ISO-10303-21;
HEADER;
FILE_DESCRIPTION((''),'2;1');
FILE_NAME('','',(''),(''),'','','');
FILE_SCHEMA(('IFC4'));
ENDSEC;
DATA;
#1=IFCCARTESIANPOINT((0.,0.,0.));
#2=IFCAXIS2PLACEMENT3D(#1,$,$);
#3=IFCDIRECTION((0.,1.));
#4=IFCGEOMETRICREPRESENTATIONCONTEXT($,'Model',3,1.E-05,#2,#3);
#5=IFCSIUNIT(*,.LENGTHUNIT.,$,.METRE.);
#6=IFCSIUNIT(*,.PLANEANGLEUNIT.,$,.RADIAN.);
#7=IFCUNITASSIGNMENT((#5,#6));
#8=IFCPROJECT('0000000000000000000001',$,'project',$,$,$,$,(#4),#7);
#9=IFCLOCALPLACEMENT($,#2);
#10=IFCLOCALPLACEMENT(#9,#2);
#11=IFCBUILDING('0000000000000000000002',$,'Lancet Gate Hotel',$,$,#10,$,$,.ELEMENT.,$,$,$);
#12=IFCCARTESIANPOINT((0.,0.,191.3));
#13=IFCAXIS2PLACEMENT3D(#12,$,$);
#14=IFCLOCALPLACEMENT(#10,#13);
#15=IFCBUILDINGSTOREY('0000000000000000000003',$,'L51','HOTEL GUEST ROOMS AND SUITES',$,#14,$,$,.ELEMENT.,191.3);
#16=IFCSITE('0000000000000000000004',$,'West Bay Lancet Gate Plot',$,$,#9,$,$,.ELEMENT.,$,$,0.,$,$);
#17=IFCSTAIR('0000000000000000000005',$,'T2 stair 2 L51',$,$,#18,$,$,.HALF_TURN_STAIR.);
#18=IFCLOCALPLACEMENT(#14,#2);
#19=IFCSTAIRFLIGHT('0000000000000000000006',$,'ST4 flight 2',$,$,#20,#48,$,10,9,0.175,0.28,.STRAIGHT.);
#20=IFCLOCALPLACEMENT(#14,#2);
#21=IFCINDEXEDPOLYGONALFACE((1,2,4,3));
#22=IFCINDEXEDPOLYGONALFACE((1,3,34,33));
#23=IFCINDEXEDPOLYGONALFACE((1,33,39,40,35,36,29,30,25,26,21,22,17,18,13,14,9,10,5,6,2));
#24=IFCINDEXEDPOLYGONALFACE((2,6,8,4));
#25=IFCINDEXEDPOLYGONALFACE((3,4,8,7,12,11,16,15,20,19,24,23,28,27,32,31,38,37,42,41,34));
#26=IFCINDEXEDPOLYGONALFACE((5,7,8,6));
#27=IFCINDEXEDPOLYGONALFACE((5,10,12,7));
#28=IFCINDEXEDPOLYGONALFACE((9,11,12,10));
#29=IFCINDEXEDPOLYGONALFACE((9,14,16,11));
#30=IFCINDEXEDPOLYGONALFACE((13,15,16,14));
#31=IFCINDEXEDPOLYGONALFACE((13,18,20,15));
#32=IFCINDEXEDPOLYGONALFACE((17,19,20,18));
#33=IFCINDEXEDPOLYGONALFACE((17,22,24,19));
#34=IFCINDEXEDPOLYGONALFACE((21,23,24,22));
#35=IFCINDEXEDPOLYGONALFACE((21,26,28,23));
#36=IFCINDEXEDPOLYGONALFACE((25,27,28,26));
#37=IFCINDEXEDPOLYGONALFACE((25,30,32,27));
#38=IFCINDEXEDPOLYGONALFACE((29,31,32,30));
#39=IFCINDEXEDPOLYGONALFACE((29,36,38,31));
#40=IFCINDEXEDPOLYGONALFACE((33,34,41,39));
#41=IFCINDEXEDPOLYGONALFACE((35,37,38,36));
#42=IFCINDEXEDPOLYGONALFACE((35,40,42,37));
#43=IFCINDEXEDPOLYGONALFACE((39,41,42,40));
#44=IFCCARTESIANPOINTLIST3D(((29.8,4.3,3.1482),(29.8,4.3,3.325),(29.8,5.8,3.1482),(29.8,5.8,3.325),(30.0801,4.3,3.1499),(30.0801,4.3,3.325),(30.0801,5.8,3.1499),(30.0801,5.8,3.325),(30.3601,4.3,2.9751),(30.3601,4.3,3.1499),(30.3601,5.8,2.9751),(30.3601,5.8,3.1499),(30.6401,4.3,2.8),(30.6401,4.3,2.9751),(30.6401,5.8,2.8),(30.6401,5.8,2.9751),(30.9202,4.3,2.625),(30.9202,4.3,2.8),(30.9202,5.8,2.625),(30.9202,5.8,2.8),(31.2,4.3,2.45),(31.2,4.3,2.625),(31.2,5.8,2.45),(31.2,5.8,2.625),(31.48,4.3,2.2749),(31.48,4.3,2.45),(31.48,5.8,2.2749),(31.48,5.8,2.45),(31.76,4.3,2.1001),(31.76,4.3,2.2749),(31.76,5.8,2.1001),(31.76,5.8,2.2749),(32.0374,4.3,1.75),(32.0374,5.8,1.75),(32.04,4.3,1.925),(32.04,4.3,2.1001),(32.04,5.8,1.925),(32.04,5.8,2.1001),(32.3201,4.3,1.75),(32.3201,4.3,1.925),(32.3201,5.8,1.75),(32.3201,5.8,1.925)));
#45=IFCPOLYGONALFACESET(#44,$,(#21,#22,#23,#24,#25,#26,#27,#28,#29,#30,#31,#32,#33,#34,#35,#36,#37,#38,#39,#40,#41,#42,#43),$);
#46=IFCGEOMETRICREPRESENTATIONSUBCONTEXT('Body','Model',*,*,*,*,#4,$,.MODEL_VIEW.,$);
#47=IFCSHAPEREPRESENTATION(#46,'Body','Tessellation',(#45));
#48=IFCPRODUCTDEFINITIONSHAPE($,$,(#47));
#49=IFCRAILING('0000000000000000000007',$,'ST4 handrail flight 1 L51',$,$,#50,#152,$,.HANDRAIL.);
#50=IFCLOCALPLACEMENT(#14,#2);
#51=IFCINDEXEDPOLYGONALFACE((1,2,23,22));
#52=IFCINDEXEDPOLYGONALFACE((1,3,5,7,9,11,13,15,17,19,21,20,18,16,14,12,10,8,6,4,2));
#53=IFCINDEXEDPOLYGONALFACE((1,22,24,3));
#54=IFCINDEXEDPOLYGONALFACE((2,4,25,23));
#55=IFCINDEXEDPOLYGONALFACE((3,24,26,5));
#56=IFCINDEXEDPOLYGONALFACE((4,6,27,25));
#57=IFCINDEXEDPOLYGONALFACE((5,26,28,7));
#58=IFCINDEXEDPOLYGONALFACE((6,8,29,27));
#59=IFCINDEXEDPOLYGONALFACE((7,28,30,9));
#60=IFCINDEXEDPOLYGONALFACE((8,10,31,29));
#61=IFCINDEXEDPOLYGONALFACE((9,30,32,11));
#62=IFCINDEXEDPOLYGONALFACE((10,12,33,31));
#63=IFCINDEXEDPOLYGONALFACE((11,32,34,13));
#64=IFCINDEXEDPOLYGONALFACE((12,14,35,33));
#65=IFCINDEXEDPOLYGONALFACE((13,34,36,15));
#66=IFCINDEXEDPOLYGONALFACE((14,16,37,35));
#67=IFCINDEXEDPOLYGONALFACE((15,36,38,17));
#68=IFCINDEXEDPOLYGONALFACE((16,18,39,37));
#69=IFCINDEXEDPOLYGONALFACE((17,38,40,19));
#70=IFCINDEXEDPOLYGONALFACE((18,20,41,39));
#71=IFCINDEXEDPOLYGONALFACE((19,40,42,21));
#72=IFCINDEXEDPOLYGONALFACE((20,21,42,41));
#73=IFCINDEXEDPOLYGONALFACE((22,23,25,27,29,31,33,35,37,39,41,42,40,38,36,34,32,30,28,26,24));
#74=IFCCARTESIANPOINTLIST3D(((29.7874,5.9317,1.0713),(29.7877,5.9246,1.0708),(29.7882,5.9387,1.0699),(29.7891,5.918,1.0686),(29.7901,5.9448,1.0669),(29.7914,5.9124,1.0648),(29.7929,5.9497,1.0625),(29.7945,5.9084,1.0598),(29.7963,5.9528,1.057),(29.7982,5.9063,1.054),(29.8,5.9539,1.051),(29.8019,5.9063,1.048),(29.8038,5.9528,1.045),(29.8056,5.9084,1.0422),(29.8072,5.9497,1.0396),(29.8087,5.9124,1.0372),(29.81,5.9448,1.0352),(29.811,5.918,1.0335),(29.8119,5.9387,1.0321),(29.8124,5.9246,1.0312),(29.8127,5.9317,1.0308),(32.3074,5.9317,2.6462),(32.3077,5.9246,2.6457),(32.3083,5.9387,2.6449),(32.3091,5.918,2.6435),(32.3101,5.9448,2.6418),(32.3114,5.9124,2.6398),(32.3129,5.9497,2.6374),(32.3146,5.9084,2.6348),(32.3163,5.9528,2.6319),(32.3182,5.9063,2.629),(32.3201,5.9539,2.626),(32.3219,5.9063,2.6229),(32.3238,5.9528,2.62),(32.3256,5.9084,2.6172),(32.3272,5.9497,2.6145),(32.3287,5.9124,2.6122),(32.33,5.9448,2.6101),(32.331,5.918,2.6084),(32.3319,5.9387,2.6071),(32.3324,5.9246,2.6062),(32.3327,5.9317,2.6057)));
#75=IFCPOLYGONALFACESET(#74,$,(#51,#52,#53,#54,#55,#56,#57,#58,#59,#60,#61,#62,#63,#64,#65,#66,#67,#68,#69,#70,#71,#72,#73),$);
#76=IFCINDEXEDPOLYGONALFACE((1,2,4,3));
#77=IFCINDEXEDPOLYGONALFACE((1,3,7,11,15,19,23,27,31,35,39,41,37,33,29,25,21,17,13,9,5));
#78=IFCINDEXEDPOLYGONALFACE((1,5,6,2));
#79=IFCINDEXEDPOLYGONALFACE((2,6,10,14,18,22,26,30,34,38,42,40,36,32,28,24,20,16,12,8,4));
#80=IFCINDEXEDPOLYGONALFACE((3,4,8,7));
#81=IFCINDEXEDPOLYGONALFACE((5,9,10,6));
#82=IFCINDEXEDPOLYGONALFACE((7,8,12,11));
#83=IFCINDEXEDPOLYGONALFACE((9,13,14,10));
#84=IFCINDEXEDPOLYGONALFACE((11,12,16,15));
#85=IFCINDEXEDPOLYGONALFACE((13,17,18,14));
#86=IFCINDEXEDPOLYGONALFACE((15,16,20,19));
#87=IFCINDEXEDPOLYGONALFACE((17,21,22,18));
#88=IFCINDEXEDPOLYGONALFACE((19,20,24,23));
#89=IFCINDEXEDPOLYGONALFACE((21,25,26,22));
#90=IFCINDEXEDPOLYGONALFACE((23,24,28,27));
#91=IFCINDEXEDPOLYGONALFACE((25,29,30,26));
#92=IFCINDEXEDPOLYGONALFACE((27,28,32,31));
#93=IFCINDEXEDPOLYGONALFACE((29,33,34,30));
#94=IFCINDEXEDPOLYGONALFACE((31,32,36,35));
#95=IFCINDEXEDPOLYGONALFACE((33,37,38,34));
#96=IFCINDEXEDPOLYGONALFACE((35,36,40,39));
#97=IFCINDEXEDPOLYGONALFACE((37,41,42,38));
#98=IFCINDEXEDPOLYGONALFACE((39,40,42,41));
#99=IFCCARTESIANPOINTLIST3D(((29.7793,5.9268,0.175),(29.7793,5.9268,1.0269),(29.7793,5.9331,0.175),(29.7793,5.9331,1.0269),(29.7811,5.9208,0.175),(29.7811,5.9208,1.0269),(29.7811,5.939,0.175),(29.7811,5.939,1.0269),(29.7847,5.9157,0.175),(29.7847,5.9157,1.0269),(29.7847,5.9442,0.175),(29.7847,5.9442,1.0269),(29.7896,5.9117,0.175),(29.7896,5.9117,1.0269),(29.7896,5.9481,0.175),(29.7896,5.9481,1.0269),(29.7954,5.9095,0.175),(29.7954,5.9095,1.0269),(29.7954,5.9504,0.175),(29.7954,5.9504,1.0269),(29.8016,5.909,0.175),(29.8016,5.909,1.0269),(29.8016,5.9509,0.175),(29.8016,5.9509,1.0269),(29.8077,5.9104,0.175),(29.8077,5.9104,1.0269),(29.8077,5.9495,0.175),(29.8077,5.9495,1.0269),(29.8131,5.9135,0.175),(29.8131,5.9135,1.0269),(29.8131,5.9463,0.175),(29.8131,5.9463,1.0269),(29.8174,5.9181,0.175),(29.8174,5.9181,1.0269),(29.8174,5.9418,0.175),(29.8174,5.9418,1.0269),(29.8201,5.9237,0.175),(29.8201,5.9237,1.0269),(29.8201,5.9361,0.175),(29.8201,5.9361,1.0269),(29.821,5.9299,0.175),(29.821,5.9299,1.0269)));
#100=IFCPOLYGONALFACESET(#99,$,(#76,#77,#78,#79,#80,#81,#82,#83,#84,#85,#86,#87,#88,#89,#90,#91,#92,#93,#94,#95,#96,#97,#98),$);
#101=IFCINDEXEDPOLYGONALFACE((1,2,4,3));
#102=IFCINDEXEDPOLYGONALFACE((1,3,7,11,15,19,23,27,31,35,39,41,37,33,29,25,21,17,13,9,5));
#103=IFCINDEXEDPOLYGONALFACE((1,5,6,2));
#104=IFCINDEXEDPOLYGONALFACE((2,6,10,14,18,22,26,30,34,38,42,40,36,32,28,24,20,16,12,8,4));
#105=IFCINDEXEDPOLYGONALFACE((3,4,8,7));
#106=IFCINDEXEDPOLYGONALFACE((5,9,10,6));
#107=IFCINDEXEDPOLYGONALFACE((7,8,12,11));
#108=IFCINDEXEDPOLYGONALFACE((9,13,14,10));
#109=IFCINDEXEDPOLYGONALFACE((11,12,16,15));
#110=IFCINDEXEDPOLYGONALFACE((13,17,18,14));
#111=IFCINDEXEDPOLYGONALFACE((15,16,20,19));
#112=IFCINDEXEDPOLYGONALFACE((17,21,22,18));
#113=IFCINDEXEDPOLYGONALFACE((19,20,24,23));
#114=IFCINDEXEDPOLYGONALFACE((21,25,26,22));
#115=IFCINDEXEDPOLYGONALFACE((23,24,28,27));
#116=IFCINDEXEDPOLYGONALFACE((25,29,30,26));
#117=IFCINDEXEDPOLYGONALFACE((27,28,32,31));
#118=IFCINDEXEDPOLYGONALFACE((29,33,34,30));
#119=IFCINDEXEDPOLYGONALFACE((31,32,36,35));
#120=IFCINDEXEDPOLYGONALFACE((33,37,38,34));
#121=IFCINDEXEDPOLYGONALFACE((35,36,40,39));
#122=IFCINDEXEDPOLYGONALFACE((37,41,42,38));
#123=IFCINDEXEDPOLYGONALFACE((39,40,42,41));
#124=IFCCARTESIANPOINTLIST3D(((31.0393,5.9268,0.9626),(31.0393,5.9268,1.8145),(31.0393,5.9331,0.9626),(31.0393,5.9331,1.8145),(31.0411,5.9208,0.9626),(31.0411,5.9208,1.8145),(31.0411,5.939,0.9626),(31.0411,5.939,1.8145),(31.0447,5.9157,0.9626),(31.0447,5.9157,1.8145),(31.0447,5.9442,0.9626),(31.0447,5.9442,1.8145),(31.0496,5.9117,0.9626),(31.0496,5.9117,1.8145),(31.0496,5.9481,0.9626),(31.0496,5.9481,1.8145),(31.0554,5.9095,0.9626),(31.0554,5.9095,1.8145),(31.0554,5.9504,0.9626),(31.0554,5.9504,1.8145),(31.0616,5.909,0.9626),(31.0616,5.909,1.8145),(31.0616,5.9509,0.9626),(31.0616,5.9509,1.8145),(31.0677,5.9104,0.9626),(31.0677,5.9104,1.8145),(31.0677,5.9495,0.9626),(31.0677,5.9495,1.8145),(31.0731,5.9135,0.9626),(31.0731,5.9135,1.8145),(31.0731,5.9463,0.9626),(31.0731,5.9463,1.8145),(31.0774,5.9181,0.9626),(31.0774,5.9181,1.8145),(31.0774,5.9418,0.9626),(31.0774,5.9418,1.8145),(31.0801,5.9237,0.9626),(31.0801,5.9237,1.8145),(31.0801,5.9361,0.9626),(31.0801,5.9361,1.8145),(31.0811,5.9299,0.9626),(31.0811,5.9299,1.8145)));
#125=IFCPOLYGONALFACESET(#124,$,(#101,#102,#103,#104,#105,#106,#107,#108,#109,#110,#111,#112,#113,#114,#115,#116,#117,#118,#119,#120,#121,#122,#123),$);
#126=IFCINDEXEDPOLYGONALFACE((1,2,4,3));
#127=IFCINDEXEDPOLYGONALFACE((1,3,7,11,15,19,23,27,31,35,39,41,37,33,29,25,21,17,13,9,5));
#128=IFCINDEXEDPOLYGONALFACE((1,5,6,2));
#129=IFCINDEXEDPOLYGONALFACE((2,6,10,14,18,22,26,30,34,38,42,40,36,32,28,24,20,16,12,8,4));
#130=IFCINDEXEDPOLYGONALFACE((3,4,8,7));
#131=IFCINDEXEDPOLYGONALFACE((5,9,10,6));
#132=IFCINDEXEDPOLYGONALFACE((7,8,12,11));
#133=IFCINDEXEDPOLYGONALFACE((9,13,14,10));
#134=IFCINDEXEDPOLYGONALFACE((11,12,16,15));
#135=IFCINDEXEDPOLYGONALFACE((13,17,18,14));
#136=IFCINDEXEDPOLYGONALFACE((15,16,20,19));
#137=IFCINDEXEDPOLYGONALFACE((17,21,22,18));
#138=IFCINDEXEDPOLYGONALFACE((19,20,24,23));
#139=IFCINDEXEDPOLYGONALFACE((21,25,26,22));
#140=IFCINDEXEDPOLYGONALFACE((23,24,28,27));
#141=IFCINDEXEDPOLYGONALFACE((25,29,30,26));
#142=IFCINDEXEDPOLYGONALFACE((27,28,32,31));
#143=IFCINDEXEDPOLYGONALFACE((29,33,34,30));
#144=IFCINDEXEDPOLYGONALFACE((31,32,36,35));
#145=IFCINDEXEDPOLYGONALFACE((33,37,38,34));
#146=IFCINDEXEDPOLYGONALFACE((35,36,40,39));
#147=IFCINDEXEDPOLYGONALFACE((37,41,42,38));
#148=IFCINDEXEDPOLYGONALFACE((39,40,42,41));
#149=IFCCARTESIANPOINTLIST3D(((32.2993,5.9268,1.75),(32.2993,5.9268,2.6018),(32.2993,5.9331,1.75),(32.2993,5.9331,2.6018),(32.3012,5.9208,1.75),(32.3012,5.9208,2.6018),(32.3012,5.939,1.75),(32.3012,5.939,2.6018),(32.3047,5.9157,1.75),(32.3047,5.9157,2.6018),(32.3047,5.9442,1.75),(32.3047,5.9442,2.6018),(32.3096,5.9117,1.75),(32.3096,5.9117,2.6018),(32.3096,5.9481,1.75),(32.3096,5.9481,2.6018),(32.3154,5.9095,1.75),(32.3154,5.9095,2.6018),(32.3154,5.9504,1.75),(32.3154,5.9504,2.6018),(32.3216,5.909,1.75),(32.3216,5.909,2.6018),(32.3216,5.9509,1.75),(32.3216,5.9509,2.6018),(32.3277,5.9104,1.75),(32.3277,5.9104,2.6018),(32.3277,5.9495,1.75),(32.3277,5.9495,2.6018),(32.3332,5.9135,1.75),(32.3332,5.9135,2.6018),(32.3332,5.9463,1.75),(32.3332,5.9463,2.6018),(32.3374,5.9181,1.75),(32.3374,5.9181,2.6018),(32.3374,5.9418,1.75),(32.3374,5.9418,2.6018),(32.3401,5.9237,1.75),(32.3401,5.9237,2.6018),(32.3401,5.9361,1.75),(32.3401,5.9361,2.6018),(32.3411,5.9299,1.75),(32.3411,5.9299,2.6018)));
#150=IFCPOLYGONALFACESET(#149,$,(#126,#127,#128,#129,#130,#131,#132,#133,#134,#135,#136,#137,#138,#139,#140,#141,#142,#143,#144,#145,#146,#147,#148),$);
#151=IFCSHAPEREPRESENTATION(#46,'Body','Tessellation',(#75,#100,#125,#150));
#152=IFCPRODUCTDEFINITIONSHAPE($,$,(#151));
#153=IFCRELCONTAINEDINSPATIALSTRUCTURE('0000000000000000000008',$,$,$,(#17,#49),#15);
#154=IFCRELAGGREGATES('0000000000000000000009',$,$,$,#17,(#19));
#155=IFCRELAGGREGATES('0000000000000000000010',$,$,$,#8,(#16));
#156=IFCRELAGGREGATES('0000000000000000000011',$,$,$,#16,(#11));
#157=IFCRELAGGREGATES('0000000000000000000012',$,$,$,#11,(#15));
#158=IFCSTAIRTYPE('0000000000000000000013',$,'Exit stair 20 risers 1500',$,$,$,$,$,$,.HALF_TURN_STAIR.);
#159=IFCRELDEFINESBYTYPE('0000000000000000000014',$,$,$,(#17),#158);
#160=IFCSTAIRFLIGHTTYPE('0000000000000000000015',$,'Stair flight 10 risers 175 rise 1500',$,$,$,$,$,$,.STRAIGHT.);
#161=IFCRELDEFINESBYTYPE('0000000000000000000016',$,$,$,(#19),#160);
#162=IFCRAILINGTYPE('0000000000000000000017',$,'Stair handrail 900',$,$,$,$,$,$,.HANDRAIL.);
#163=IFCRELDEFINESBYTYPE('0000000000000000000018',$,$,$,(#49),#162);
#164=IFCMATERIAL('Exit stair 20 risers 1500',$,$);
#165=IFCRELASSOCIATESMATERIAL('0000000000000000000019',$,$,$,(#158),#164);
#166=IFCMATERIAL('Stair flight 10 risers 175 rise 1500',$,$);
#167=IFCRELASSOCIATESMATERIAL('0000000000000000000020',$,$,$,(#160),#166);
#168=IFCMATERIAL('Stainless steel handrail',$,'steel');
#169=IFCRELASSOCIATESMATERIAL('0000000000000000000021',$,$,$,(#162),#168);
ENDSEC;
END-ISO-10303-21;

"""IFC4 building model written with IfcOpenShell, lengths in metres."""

from ifc_helpers import new_model, si_unit, direction, frame, origin, origin_2d, place, context, subcontext, project, spatial, polyline, circle, outline, extrude, material, type_object, element, aggregate, save


model = new_model("IFC4")

# Units and contexts
model_context = context("Model", 3, precision=1e-05, world=origin(), true_north=direction((0.0, 1.0)))
body_context = subcontext(model_context, "Body", "Model", "MODEL_VIEW")
ifc_project = project(units=[si_unit("LENGTHUNIT", "METRE"), si_unit("PLANEANGLEUNIT", "RADIAN")], contexts=[model_context])

# Site, building, storey
site_placement = place(None, origin())
site = spatial("IfcSite", under=ifc_project, at=site_placement, Name="West Bay Lancet Gate Plot", CompositionType="ELEMENT", RefElevation=0.0)
building_placement = place(site_placement, origin())
building = spatial("IfcBuilding", under=site, at=building_placement, Name="Lancet Gate Hotel", CompositionType="ELEMENT")
storey_placement = place(building_placement, frame((0.0, 0.0, 191.3)))
storey = spatial("IfcBuildingStorey", under=building, at=storey_placement, Name="L51", Description="HOTEL GUEST ROOMS AND SUITES", CompositionType="ELEMENT", Elevation=191.3)

# Stair, stair flight
ifc_material_1 = material(Name="Exit stair 20 risers 1500")
stair_type = type_object("IfcStairType", Name="Exit stair 20 risers 1500", PredefinedType="HALF_TURN_STAIR", material=ifc_material_1)
stair_placement = place(storey_placement, origin())
stair = element("IfcStair", 1, at=stair_placement, inside=storey, type_object=stair_type, Name="T2 stair 2 L51", PredefinedType="HALF_TURN_STAIR")
ifc_material_2 = material(Name="Stair flight 10 risers 175 rise 1500")
stair_flight_type = type_object("IfcStairFlightType", Name="Stair flight 10 risers 175 rise 1500", PredefinedType="STRAIGHT", material=ifc_material_2)
stair_flight_1_placement = place(storey_placement, frame((32.3201, 5.05, 1.75), z_axis=(0.0, 0.0, 1.0), x_axis=(-1.0, 0.0, 0.0)))
stair_flight_1 = element("IfcStairFlight", 2, at=stair_flight_1_placement, type_object=stair_flight_type, Name="ST4 flight 2", NumberOfRisers=10, NumberOfTreads=9, PredefinedType="STRAIGHT", RiserHeight=0.175, TreadLength=0.28, context=body_context, shape_type="SweptSolid", body=[
    extrude(outline(polyline([(0.0, 0.0), (0.0, 0.175), (0.28, 0.175), (0.28, 0.3501), (0.5601, 0.3501), (0.5601, 0.5249), (0.8401, 0.5249), (0.8401, 0.7), (1.1201, 0.7), (1.1201, 0.875), (1.3999, 0.875), (1.3999, 1.05), (1.6799, 1.05), (1.6799, 1.2251), (1.96, 1.2251), (1.96, 1.3999), (2.24, 1.3999), (2.24, 1.575), (2.52, 1.575), (2.52, 1.75), (2.52, 1.3982), (0.2827, 0.0), (0.0, 0.0)])), frame((0.0, 0.75, 0.0), z_axis=(0.0, -1.0, 0.0), x_axis=(1.0, 0.0, 0.0)), (0.0, 0.0, 1.0), 1.5),
])
aggregate(stair, [stair_flight_1])

# Railing
ifc_material_3 = material(Name="Stainless steel handrail", Category="steel")
railing_type = type_object("IfcRailingType", Name="Stair handrail 900", PredefinedType="HANDRAIL", material=ifc_material_3)
railing_1_placement = place(storey_placement, frame((29.8, 5.9299, 0.175)))
element("IfcRailing", 3, at=railing_1_placement, inside=storey, type_object=railing_type, Name="ST4 handrail flight 1 L51", PredefinedType="HANDRAIL", context=body_context, shape_type="SweptSolid", body=[
    extrude(circle(Radius=0.0239, at=origin_2d()), frame((0.0, 0.0, 0.876), z_axis=(0.848008, 0.0, 0.529984), x_axis=(0.0, 1.0, 0.0)), (0.0, 0.0, 1.0), 2.9717),
    extrude(circle(Radius=0.021, at=origin_2d()), origin(), (0.0, 0.0, 1.0), 0.8518),
    extrude(circle(Radius=0.021, at=origin_2d()), frame((1.26, 0.0, 0.7876)), (0.0, 0.0, 1.0), 0.8518),
    extrude(circle(Radius=0.021, at=origin_2d()), frame((2.52, 0.0, 1.575)), (0.0, 0.0, 1.0), 0.8518),
])

save(model, "model.ifc")
